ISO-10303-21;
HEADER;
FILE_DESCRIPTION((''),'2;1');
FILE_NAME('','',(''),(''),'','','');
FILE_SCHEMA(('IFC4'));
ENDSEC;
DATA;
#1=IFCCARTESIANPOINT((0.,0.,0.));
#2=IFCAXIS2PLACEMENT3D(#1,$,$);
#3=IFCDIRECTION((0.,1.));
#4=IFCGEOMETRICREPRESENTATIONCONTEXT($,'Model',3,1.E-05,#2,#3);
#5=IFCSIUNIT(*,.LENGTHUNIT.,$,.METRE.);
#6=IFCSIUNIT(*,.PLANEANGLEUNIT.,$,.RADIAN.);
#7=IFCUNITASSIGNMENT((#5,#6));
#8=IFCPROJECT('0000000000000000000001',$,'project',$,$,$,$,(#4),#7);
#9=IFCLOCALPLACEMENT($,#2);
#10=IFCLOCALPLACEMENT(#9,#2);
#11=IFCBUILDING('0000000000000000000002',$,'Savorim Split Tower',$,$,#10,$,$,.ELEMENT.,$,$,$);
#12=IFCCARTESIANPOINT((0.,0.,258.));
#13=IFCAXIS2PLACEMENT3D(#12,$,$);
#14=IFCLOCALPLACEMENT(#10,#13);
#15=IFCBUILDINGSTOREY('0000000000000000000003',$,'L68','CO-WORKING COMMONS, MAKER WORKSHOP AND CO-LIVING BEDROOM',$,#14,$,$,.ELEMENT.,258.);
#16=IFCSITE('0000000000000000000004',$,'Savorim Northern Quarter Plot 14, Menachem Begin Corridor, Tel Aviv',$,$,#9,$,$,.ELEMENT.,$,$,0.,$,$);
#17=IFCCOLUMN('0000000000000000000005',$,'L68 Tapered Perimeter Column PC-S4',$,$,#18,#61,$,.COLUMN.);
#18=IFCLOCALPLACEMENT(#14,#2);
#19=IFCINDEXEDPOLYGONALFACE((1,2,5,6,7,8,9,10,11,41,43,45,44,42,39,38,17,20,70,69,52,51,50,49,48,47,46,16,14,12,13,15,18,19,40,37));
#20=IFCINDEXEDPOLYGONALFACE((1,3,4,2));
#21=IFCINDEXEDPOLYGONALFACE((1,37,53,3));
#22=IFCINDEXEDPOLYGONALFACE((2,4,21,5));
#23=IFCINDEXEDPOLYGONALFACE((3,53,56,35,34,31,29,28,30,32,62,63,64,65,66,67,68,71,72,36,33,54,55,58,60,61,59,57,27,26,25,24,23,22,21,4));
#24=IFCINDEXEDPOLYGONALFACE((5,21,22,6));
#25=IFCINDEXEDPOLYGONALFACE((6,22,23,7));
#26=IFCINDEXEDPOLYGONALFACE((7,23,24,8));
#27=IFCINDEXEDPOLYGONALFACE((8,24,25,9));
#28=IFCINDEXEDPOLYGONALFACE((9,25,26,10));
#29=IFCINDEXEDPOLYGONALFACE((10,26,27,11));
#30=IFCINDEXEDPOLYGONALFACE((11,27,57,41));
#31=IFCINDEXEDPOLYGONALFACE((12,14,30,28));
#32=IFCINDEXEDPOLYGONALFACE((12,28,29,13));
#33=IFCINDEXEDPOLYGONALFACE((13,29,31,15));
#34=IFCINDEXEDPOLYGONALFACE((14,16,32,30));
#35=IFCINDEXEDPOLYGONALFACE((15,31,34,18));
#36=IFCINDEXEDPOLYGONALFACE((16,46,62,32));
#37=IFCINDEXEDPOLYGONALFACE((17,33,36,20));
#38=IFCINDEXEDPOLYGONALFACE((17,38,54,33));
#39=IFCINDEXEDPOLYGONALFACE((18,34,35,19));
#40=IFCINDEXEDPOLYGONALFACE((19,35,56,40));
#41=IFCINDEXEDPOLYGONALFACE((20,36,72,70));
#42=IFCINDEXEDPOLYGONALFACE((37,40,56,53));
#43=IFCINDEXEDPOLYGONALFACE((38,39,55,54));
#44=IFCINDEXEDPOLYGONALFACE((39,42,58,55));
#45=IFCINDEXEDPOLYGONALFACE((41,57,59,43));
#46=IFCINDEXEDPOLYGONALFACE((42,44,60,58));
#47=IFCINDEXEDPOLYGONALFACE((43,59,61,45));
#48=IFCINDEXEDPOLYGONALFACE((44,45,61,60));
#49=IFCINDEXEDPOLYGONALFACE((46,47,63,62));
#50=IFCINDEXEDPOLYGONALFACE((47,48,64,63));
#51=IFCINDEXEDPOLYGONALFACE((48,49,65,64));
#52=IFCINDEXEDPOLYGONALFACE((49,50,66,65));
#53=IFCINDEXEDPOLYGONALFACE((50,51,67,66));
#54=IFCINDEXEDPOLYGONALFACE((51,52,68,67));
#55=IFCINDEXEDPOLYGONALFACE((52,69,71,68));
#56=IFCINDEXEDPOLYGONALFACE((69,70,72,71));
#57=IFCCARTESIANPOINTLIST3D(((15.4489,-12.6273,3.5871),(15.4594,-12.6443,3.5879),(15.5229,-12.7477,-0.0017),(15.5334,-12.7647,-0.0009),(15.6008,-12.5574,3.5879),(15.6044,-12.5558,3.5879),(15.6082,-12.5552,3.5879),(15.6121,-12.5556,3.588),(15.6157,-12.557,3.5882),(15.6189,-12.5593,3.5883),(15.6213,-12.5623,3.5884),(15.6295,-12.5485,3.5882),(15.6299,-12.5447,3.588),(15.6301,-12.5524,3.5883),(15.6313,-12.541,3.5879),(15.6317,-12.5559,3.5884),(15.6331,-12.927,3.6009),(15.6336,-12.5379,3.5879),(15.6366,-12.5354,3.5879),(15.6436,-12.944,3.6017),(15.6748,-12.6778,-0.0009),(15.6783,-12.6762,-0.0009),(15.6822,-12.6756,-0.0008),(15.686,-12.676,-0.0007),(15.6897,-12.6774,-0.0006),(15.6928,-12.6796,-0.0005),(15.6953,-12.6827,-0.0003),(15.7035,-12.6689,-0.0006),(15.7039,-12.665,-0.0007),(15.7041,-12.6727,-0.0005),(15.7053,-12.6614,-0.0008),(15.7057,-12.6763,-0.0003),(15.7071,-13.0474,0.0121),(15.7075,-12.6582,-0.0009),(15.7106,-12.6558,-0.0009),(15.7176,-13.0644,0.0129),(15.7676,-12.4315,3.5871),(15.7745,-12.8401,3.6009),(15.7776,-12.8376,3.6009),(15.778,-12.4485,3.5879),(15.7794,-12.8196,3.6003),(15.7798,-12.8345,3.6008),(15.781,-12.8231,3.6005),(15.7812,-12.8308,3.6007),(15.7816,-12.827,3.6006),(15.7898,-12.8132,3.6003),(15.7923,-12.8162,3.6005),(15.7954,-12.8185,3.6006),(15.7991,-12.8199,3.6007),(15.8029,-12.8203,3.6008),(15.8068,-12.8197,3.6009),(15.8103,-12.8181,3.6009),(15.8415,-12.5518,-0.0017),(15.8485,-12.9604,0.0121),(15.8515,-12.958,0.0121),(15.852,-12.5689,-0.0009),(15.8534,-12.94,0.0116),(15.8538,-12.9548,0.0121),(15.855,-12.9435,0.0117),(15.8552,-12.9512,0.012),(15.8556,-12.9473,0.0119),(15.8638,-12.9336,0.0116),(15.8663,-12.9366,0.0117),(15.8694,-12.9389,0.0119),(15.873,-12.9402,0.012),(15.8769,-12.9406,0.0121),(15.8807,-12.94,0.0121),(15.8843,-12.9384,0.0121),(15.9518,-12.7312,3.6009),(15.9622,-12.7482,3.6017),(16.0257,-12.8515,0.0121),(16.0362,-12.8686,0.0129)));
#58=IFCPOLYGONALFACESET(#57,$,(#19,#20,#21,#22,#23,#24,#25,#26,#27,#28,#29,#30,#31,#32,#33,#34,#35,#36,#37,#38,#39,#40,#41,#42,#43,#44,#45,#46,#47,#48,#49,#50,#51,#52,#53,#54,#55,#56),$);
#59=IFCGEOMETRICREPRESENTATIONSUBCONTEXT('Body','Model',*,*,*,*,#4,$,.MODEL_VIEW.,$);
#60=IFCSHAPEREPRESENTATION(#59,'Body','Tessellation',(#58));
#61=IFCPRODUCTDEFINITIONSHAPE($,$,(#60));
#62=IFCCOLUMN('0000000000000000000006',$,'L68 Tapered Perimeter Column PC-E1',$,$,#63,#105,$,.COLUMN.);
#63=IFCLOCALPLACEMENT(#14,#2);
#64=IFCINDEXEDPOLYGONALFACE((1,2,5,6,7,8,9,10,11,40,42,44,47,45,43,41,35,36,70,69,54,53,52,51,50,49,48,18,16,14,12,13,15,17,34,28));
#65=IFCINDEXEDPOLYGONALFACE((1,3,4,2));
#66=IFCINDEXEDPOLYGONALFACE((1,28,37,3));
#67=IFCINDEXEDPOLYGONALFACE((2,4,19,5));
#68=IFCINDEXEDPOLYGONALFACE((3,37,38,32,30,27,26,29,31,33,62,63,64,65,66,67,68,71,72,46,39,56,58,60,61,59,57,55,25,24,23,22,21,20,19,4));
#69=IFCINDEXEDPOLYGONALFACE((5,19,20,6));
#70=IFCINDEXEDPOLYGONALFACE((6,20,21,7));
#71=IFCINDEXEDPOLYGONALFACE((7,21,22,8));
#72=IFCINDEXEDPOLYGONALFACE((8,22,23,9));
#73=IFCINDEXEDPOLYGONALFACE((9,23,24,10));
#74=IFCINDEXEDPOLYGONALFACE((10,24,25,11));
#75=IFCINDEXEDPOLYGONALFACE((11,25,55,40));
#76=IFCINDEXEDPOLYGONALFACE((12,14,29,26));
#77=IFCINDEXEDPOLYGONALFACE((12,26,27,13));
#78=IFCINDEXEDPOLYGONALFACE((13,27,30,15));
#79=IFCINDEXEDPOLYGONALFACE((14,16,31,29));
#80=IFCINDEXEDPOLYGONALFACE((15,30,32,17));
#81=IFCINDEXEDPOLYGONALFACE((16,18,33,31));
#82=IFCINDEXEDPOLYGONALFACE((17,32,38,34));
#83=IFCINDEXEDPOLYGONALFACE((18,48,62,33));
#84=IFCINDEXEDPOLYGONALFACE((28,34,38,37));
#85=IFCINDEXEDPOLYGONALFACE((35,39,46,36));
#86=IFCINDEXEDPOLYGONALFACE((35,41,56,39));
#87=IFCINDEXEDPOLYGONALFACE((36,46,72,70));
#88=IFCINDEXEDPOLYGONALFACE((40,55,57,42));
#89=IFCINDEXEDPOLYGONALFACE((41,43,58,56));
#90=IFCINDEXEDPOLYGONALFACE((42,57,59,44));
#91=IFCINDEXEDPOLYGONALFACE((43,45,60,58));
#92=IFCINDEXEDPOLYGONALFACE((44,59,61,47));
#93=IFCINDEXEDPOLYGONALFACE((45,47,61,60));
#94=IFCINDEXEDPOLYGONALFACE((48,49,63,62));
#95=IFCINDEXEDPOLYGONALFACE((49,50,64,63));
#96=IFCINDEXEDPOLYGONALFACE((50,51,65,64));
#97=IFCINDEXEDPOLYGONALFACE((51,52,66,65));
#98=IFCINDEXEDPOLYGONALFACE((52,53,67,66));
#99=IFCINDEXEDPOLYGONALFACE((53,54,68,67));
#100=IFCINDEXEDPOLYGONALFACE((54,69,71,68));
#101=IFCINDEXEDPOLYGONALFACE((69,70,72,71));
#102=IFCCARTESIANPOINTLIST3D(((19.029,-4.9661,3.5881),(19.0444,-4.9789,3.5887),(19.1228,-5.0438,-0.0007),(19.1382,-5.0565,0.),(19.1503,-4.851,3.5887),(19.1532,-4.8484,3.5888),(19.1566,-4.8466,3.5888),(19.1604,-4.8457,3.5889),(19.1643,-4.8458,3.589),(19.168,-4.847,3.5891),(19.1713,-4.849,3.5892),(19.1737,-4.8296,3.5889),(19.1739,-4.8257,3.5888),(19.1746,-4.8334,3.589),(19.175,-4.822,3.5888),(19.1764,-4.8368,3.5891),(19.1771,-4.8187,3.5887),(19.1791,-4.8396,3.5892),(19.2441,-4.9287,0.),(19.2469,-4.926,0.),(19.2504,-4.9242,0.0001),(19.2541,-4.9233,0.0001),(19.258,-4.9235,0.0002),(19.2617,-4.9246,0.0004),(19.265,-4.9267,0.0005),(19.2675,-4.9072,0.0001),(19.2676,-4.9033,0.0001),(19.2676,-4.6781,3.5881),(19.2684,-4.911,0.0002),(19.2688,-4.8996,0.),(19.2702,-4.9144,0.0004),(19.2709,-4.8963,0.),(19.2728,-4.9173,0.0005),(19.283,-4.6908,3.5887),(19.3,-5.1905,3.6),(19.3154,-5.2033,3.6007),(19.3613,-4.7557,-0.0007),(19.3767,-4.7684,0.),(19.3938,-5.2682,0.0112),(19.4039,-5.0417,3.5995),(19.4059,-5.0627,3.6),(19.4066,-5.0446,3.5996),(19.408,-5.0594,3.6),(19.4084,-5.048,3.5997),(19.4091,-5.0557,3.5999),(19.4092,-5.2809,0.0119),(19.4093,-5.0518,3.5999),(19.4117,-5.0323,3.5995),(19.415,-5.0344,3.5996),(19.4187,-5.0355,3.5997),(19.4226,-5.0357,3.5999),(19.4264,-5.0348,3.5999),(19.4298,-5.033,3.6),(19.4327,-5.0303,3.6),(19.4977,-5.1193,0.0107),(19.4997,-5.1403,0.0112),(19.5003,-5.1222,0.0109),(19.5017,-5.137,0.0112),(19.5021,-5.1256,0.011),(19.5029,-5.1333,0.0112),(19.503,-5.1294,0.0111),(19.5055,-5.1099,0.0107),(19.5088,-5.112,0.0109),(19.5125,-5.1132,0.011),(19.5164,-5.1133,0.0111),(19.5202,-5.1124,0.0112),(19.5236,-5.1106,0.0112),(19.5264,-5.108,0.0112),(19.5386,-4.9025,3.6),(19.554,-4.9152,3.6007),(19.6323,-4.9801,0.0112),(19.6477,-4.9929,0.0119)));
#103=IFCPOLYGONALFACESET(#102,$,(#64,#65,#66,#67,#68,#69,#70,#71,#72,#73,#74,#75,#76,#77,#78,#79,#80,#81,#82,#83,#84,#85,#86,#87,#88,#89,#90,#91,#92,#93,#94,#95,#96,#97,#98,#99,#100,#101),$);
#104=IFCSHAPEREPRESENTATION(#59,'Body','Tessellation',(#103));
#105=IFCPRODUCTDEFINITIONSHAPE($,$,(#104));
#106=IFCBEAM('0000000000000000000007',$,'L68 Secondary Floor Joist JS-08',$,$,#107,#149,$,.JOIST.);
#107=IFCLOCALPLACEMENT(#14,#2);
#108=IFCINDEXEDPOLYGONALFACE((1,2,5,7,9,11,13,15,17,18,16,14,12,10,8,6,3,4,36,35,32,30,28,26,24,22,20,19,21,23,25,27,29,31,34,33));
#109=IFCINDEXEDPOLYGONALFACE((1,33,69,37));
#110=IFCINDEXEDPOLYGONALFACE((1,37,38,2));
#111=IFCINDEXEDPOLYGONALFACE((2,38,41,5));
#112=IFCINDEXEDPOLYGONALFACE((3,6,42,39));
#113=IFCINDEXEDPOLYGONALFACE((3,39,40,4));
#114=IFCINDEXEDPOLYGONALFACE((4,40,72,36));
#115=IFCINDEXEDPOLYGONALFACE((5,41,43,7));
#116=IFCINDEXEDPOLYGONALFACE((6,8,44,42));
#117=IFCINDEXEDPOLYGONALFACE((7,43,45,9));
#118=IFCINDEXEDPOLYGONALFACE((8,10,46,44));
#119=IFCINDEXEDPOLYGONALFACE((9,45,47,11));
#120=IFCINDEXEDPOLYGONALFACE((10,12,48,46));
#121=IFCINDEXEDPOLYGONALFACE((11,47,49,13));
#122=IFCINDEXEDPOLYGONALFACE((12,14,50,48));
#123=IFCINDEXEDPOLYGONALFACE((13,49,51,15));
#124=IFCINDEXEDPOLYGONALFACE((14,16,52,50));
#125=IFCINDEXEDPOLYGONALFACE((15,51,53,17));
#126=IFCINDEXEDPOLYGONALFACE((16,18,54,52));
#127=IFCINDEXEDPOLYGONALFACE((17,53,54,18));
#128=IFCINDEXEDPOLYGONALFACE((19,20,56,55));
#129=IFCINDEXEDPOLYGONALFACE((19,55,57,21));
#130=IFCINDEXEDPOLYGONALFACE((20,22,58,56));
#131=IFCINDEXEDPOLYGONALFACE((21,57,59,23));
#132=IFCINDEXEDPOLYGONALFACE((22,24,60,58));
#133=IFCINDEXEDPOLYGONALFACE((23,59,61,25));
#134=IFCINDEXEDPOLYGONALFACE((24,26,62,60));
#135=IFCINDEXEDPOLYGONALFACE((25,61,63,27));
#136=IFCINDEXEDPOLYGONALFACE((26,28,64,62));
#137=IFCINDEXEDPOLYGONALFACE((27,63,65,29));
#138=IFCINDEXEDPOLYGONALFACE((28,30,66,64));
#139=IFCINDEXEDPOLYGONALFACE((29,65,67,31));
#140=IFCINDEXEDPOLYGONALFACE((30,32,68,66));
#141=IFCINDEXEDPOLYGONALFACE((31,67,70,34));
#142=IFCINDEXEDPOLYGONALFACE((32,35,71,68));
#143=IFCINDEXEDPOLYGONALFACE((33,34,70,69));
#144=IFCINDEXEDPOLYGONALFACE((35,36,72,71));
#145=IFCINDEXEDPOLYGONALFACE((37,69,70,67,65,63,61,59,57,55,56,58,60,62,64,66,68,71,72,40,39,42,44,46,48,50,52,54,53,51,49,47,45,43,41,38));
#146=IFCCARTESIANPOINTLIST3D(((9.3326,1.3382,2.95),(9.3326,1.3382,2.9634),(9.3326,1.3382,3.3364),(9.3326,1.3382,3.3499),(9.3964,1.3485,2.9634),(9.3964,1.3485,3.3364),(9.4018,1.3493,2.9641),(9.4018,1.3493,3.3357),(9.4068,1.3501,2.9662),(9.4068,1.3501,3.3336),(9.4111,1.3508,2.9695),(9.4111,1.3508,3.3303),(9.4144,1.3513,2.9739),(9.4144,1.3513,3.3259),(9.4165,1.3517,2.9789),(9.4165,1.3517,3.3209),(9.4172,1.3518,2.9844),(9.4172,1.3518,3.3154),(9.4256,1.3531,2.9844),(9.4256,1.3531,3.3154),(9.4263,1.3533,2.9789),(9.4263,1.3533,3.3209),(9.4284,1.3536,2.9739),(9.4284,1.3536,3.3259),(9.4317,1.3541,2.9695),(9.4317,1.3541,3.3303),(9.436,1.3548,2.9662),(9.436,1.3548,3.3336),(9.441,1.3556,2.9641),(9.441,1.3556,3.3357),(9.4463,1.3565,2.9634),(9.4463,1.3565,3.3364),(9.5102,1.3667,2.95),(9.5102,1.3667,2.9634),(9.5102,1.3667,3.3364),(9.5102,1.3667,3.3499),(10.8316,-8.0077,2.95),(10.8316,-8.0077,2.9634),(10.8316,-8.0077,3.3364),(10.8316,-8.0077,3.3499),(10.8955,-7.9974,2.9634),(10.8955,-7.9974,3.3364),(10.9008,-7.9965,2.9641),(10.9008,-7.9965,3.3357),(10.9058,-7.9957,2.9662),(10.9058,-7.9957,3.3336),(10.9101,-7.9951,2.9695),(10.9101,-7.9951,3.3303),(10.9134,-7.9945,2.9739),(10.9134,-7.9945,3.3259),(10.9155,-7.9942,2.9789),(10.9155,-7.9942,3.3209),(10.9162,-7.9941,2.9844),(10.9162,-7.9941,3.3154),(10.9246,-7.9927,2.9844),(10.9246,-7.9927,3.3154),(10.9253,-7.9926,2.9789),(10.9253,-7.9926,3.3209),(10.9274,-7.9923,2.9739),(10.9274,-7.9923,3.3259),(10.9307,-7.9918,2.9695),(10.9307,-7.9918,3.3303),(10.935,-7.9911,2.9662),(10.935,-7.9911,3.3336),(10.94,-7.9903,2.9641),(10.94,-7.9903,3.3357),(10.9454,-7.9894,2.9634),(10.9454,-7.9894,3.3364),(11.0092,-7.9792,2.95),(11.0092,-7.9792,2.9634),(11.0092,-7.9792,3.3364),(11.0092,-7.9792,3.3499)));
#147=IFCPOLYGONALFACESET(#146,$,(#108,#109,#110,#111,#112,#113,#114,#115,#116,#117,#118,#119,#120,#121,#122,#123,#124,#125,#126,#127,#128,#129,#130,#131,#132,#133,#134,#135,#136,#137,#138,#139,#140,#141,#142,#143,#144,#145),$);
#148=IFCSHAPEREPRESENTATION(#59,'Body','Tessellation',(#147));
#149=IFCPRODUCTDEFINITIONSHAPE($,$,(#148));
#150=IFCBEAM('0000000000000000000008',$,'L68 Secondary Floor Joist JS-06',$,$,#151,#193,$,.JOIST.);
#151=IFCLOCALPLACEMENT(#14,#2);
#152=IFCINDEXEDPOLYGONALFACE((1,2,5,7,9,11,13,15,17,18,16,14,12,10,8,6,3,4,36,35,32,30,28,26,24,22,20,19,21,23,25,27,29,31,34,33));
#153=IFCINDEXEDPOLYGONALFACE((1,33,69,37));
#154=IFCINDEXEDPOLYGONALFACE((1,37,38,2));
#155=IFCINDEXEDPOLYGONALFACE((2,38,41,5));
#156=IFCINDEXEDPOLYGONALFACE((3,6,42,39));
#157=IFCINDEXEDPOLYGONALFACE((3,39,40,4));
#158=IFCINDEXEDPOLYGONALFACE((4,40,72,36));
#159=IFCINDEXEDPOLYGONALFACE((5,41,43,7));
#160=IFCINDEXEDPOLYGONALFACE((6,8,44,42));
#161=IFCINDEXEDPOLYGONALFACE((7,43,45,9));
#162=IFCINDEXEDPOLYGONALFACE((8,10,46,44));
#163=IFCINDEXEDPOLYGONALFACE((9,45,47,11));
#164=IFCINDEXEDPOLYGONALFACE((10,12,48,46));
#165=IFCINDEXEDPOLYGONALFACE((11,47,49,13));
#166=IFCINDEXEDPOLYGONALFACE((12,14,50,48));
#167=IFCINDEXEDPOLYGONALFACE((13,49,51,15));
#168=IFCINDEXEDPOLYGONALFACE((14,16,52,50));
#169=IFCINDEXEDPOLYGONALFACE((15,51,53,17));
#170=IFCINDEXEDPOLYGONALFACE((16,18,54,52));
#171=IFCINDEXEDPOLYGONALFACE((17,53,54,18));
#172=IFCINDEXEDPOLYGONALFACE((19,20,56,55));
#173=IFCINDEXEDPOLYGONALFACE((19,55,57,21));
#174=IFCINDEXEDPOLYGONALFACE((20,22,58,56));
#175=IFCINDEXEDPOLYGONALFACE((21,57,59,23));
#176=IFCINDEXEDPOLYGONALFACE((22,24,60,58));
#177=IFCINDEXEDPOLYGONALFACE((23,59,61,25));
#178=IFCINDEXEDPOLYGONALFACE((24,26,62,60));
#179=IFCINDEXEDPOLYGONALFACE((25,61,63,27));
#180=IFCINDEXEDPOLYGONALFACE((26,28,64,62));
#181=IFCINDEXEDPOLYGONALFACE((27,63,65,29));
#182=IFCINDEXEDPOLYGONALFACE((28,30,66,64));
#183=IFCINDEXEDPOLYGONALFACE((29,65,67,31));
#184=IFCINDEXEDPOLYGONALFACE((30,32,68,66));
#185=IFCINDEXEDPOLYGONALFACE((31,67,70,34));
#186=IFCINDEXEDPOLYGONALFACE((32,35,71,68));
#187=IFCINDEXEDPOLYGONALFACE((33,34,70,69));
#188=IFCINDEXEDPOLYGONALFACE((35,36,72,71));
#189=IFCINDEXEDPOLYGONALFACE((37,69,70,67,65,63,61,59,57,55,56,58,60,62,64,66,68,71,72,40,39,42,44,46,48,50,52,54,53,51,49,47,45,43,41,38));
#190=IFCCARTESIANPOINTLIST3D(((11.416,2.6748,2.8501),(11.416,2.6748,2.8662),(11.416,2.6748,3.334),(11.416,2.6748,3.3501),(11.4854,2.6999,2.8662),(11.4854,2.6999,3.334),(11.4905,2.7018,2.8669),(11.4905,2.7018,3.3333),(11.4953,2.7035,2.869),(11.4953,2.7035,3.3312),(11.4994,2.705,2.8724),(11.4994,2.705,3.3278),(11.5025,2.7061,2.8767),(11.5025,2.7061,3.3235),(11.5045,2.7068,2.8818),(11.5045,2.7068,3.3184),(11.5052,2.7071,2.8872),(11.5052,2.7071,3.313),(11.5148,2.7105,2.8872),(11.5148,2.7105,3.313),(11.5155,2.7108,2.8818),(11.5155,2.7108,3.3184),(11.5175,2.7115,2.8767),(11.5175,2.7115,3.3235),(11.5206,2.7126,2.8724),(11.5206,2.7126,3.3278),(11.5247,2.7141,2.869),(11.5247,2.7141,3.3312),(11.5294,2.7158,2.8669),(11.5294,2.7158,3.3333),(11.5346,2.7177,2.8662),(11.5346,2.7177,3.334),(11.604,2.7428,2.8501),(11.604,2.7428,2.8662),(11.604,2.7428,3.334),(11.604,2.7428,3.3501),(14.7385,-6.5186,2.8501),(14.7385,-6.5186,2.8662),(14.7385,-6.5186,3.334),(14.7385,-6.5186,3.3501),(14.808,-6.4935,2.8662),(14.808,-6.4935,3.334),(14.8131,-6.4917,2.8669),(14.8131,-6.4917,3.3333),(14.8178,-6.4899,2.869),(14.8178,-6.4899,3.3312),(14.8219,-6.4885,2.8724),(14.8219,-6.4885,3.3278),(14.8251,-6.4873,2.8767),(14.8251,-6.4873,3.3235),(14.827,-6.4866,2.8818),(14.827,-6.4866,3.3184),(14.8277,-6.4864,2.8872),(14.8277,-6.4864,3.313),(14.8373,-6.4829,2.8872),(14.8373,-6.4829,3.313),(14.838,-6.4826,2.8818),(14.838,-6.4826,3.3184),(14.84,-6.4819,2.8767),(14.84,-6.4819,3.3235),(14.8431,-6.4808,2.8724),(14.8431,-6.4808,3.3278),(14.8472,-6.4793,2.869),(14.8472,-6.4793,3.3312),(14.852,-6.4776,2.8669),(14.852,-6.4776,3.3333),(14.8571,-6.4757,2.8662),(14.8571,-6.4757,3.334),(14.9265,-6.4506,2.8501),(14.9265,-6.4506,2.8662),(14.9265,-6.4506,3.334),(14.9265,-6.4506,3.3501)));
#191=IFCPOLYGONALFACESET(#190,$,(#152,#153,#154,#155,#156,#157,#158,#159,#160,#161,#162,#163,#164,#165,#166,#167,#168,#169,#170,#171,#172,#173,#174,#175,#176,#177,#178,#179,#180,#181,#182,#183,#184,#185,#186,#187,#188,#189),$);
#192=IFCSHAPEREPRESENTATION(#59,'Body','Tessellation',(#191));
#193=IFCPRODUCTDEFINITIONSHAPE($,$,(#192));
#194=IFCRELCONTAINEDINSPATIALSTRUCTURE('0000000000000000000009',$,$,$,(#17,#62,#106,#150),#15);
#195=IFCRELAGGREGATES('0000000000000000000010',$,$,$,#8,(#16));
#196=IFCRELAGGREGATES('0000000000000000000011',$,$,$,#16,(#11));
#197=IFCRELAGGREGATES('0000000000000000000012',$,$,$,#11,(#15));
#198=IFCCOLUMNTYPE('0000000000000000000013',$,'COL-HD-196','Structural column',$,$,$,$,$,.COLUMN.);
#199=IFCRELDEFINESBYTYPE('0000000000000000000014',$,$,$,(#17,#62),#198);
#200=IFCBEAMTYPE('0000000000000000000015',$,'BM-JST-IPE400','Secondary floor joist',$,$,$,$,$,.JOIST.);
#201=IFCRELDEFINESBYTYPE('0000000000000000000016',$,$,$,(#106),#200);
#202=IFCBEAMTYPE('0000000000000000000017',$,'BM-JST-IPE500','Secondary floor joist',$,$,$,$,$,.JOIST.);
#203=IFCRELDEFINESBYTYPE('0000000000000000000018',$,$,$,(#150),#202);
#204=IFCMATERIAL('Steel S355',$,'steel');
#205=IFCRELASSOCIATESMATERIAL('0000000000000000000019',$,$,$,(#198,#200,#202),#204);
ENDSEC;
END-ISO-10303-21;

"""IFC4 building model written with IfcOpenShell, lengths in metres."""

from ifc_helpers import new_model, si_unit, direction, frame, origin, origin_2d, place, context, subcontext, project, spatial, i_section, extrude, material, material_profile, profile_set, type_object, element, save


model = new_model("IFC4")

# Units and contexts
model_context = context("Model", 3, precision=1e-05, world=origin(), true_north=direction((0.0, 1.0)))
body_context = subcontext(model_context, "Body", "Model", "MODEL_VIEW")
ifc_project = project(units=[si_unit("LENGTHUNIT", "METRE"), si_unit("PLANEANGLEUNIT", "RADIAN")], contexts=[model_context])

# Site, building, storey
site_placement = place(None, origin())
site = spatial("IfcSite", under=ifc_project, at=site_placement, Name="Savorim Northern Quarter Plot 14, Menachem Begin Corridor, Tel Aviv", CompositionType="ELEMENT", RefElevation=0.0)
building_placement = place(site_placement, origin())
building = spatial("IfcBuilding", under=site, at=building_placement, Name="Savorim Split Tower", CompositionType="ELEMENT")
storey_placement = place(building_placement, frame((0.0, 0.0, 258.0)))
storey = spatial("IfcBuildingStorey", under=building, at=storey_placement, Name="L68", Description="CO-WORKING COMMONS, MAKER WORKSHOP AND CO-LIVING BEDROOM", CompositionType="ELEMENT", Elevation=258.0)

# Columns
ifc_material_1 = material(Name="Steel S355", Category="steel")
ifc_material_profile_1 = material_profile(ifc_material_1, i_section(OverallWidth=0.374, OverallDepth=0.3721, WebThickness=0.0122, FlangeThickness=0.02, FilletRadius=0.0149, at=origin_2d()), Name="HD 360x196")
ifc_profile_set_1 = profile_set([ifc_material_profile_1], Name="Steel S355")
column_type = type_object("IfcColumnType", Name="COL-HD-196", Description="Structural column", PredefinedType="COLUMN", material=ifc_profile_set_1)
column_1_placement = place(storey_placement, frame((15.7795, -12.8081, 0.0056), z_axis=(-0.020596, 0.033511, 0.999226), x_axis=(-0.851955, -0.523615, 0.0)))
element("IfcColumn", 1, at=column_1_placement, inside=storey, type_object=column_type, Name="L68 Tapered Perimeter Column PC-S4", PredefinedType="COLUMN", context=body_context, shape_type="SweptSolid", body=[
    extrude(i_section(OverallWidth=0.374, OverallDepth=0.3721, WebThickness=0.0122, FlangeThickness=0.02, FilletRadius=0.0149, at=origin_2d()), origin(), (0.0, 0.0, 1.0), 3.5916),
])
column_2_placement = place(storey_placement, frame((19.3853, -5.0183, 0.0056), z_axis=(-0.026107, 0.02162, 0.999425), x_axis=(-0.637814, -0.77019, 0.0)))
element("IfcColumn", 2, at=column_2_placement, inside=storey, type_object=column_type, Name="L68 Tapered Perimeter Column PC-E1", PredefinedType="COLUMN", context=body_context, shape_type="SweptSolid", body=[
    extrude(i_section(OverallWidth=0.374, OverallDepth=0.3721, WebThickness=0.0122, FlangeThickness=0.02, FilletRadius=0.0149, at=origin_2d()), origin(), (0.0, 0.0, 1.0), 3.5908),
])

# Beams
ifc_material_profile_2 = material_profile(ifc_material_1, i_section(OverallWidth=0.1799, OverallDepth=0.3999, WebThickness=0.0085, FlangeThickness=0.0134, FilletRadius=0.021, at=origin_2d()), Name="IPE 400")
ifc_profile_set_2 = profile_set([ifc_material_profile_2], Name="Steel S355")
beam_type_1 = type_object("IfcBeamType", Name="BM-JST-IPE400", Description="Secondary floor joist", PredefinedType="JOIST", material=ifc_profile_set_2)
beam_1_placement = place(storey_placement, frame((10.9204, -7.9934, 3.1499), z_axis=(-0.158369, 0.98738, 0.0), x_axis=(-0.98738, -0.158369, 0.0)))
element("IfcBeam", 3, at=beam_1_placement, inside=storey, type_object=beam_type_1, Name="L68 Secondary Floor Joist JS-08", PredefinedType="JOIST", context=body_context, shape_type="SweptSolid", body=[
    extrude(i_section(OverallWidth=0.1799, OverallDepth=0.3999, WebThickness=0.0085, FlangeThickness=0.0134, FilletRadius=0.021, at=origin_2d()), origin(), (0.0, 0.0, 1.0), 9.4653),
])
ifc_material_profile_3 = material_profile(ifc_material_1, i_section(OverallWidth=0.2, OverallDepth=0.5, WebThickness=0.0103, FlangeThickness=0.0161, FilletRadius=0.021, at=origin_2d()), Name="IPE 500")
ifc_profile_set_3 = profile_set([ifc_material_profile_3], Name="Steel S355")
beam_type_2 = type_object("IfcBeamType", Name="BM-JST-IPE500", Description="Secondary floor joist", PredefinedType="JOIST", material=ifc_profile_set_3)
beam_2_placement = place(storey_placement, frame((14.8325, -6.4846, 3.1001), z_axis=(-0.339887, 0.940466, 0.0), x_axis=(-0.940466, -0.339887, 0.0)))
element("IfcBeam", 4, at=beam_2_placement, inside=storey, type_object=beam_type_2, Name="L68 Secondary Floor Joist JS-06", PredefinedType="JOIST", context=body_context, shape_type="SweptSolid", body=[
    extrude(i_section(OverallWidth=0.2, OverallDepth=0.5, WebThickness=0.0103, FlangeThickness=0.0161, FilletRadius=0.021, at=origin_2d()), origin(), (0.0, 0.0, 1.0), 9.7754),
])

save(model, "model.ifc")
